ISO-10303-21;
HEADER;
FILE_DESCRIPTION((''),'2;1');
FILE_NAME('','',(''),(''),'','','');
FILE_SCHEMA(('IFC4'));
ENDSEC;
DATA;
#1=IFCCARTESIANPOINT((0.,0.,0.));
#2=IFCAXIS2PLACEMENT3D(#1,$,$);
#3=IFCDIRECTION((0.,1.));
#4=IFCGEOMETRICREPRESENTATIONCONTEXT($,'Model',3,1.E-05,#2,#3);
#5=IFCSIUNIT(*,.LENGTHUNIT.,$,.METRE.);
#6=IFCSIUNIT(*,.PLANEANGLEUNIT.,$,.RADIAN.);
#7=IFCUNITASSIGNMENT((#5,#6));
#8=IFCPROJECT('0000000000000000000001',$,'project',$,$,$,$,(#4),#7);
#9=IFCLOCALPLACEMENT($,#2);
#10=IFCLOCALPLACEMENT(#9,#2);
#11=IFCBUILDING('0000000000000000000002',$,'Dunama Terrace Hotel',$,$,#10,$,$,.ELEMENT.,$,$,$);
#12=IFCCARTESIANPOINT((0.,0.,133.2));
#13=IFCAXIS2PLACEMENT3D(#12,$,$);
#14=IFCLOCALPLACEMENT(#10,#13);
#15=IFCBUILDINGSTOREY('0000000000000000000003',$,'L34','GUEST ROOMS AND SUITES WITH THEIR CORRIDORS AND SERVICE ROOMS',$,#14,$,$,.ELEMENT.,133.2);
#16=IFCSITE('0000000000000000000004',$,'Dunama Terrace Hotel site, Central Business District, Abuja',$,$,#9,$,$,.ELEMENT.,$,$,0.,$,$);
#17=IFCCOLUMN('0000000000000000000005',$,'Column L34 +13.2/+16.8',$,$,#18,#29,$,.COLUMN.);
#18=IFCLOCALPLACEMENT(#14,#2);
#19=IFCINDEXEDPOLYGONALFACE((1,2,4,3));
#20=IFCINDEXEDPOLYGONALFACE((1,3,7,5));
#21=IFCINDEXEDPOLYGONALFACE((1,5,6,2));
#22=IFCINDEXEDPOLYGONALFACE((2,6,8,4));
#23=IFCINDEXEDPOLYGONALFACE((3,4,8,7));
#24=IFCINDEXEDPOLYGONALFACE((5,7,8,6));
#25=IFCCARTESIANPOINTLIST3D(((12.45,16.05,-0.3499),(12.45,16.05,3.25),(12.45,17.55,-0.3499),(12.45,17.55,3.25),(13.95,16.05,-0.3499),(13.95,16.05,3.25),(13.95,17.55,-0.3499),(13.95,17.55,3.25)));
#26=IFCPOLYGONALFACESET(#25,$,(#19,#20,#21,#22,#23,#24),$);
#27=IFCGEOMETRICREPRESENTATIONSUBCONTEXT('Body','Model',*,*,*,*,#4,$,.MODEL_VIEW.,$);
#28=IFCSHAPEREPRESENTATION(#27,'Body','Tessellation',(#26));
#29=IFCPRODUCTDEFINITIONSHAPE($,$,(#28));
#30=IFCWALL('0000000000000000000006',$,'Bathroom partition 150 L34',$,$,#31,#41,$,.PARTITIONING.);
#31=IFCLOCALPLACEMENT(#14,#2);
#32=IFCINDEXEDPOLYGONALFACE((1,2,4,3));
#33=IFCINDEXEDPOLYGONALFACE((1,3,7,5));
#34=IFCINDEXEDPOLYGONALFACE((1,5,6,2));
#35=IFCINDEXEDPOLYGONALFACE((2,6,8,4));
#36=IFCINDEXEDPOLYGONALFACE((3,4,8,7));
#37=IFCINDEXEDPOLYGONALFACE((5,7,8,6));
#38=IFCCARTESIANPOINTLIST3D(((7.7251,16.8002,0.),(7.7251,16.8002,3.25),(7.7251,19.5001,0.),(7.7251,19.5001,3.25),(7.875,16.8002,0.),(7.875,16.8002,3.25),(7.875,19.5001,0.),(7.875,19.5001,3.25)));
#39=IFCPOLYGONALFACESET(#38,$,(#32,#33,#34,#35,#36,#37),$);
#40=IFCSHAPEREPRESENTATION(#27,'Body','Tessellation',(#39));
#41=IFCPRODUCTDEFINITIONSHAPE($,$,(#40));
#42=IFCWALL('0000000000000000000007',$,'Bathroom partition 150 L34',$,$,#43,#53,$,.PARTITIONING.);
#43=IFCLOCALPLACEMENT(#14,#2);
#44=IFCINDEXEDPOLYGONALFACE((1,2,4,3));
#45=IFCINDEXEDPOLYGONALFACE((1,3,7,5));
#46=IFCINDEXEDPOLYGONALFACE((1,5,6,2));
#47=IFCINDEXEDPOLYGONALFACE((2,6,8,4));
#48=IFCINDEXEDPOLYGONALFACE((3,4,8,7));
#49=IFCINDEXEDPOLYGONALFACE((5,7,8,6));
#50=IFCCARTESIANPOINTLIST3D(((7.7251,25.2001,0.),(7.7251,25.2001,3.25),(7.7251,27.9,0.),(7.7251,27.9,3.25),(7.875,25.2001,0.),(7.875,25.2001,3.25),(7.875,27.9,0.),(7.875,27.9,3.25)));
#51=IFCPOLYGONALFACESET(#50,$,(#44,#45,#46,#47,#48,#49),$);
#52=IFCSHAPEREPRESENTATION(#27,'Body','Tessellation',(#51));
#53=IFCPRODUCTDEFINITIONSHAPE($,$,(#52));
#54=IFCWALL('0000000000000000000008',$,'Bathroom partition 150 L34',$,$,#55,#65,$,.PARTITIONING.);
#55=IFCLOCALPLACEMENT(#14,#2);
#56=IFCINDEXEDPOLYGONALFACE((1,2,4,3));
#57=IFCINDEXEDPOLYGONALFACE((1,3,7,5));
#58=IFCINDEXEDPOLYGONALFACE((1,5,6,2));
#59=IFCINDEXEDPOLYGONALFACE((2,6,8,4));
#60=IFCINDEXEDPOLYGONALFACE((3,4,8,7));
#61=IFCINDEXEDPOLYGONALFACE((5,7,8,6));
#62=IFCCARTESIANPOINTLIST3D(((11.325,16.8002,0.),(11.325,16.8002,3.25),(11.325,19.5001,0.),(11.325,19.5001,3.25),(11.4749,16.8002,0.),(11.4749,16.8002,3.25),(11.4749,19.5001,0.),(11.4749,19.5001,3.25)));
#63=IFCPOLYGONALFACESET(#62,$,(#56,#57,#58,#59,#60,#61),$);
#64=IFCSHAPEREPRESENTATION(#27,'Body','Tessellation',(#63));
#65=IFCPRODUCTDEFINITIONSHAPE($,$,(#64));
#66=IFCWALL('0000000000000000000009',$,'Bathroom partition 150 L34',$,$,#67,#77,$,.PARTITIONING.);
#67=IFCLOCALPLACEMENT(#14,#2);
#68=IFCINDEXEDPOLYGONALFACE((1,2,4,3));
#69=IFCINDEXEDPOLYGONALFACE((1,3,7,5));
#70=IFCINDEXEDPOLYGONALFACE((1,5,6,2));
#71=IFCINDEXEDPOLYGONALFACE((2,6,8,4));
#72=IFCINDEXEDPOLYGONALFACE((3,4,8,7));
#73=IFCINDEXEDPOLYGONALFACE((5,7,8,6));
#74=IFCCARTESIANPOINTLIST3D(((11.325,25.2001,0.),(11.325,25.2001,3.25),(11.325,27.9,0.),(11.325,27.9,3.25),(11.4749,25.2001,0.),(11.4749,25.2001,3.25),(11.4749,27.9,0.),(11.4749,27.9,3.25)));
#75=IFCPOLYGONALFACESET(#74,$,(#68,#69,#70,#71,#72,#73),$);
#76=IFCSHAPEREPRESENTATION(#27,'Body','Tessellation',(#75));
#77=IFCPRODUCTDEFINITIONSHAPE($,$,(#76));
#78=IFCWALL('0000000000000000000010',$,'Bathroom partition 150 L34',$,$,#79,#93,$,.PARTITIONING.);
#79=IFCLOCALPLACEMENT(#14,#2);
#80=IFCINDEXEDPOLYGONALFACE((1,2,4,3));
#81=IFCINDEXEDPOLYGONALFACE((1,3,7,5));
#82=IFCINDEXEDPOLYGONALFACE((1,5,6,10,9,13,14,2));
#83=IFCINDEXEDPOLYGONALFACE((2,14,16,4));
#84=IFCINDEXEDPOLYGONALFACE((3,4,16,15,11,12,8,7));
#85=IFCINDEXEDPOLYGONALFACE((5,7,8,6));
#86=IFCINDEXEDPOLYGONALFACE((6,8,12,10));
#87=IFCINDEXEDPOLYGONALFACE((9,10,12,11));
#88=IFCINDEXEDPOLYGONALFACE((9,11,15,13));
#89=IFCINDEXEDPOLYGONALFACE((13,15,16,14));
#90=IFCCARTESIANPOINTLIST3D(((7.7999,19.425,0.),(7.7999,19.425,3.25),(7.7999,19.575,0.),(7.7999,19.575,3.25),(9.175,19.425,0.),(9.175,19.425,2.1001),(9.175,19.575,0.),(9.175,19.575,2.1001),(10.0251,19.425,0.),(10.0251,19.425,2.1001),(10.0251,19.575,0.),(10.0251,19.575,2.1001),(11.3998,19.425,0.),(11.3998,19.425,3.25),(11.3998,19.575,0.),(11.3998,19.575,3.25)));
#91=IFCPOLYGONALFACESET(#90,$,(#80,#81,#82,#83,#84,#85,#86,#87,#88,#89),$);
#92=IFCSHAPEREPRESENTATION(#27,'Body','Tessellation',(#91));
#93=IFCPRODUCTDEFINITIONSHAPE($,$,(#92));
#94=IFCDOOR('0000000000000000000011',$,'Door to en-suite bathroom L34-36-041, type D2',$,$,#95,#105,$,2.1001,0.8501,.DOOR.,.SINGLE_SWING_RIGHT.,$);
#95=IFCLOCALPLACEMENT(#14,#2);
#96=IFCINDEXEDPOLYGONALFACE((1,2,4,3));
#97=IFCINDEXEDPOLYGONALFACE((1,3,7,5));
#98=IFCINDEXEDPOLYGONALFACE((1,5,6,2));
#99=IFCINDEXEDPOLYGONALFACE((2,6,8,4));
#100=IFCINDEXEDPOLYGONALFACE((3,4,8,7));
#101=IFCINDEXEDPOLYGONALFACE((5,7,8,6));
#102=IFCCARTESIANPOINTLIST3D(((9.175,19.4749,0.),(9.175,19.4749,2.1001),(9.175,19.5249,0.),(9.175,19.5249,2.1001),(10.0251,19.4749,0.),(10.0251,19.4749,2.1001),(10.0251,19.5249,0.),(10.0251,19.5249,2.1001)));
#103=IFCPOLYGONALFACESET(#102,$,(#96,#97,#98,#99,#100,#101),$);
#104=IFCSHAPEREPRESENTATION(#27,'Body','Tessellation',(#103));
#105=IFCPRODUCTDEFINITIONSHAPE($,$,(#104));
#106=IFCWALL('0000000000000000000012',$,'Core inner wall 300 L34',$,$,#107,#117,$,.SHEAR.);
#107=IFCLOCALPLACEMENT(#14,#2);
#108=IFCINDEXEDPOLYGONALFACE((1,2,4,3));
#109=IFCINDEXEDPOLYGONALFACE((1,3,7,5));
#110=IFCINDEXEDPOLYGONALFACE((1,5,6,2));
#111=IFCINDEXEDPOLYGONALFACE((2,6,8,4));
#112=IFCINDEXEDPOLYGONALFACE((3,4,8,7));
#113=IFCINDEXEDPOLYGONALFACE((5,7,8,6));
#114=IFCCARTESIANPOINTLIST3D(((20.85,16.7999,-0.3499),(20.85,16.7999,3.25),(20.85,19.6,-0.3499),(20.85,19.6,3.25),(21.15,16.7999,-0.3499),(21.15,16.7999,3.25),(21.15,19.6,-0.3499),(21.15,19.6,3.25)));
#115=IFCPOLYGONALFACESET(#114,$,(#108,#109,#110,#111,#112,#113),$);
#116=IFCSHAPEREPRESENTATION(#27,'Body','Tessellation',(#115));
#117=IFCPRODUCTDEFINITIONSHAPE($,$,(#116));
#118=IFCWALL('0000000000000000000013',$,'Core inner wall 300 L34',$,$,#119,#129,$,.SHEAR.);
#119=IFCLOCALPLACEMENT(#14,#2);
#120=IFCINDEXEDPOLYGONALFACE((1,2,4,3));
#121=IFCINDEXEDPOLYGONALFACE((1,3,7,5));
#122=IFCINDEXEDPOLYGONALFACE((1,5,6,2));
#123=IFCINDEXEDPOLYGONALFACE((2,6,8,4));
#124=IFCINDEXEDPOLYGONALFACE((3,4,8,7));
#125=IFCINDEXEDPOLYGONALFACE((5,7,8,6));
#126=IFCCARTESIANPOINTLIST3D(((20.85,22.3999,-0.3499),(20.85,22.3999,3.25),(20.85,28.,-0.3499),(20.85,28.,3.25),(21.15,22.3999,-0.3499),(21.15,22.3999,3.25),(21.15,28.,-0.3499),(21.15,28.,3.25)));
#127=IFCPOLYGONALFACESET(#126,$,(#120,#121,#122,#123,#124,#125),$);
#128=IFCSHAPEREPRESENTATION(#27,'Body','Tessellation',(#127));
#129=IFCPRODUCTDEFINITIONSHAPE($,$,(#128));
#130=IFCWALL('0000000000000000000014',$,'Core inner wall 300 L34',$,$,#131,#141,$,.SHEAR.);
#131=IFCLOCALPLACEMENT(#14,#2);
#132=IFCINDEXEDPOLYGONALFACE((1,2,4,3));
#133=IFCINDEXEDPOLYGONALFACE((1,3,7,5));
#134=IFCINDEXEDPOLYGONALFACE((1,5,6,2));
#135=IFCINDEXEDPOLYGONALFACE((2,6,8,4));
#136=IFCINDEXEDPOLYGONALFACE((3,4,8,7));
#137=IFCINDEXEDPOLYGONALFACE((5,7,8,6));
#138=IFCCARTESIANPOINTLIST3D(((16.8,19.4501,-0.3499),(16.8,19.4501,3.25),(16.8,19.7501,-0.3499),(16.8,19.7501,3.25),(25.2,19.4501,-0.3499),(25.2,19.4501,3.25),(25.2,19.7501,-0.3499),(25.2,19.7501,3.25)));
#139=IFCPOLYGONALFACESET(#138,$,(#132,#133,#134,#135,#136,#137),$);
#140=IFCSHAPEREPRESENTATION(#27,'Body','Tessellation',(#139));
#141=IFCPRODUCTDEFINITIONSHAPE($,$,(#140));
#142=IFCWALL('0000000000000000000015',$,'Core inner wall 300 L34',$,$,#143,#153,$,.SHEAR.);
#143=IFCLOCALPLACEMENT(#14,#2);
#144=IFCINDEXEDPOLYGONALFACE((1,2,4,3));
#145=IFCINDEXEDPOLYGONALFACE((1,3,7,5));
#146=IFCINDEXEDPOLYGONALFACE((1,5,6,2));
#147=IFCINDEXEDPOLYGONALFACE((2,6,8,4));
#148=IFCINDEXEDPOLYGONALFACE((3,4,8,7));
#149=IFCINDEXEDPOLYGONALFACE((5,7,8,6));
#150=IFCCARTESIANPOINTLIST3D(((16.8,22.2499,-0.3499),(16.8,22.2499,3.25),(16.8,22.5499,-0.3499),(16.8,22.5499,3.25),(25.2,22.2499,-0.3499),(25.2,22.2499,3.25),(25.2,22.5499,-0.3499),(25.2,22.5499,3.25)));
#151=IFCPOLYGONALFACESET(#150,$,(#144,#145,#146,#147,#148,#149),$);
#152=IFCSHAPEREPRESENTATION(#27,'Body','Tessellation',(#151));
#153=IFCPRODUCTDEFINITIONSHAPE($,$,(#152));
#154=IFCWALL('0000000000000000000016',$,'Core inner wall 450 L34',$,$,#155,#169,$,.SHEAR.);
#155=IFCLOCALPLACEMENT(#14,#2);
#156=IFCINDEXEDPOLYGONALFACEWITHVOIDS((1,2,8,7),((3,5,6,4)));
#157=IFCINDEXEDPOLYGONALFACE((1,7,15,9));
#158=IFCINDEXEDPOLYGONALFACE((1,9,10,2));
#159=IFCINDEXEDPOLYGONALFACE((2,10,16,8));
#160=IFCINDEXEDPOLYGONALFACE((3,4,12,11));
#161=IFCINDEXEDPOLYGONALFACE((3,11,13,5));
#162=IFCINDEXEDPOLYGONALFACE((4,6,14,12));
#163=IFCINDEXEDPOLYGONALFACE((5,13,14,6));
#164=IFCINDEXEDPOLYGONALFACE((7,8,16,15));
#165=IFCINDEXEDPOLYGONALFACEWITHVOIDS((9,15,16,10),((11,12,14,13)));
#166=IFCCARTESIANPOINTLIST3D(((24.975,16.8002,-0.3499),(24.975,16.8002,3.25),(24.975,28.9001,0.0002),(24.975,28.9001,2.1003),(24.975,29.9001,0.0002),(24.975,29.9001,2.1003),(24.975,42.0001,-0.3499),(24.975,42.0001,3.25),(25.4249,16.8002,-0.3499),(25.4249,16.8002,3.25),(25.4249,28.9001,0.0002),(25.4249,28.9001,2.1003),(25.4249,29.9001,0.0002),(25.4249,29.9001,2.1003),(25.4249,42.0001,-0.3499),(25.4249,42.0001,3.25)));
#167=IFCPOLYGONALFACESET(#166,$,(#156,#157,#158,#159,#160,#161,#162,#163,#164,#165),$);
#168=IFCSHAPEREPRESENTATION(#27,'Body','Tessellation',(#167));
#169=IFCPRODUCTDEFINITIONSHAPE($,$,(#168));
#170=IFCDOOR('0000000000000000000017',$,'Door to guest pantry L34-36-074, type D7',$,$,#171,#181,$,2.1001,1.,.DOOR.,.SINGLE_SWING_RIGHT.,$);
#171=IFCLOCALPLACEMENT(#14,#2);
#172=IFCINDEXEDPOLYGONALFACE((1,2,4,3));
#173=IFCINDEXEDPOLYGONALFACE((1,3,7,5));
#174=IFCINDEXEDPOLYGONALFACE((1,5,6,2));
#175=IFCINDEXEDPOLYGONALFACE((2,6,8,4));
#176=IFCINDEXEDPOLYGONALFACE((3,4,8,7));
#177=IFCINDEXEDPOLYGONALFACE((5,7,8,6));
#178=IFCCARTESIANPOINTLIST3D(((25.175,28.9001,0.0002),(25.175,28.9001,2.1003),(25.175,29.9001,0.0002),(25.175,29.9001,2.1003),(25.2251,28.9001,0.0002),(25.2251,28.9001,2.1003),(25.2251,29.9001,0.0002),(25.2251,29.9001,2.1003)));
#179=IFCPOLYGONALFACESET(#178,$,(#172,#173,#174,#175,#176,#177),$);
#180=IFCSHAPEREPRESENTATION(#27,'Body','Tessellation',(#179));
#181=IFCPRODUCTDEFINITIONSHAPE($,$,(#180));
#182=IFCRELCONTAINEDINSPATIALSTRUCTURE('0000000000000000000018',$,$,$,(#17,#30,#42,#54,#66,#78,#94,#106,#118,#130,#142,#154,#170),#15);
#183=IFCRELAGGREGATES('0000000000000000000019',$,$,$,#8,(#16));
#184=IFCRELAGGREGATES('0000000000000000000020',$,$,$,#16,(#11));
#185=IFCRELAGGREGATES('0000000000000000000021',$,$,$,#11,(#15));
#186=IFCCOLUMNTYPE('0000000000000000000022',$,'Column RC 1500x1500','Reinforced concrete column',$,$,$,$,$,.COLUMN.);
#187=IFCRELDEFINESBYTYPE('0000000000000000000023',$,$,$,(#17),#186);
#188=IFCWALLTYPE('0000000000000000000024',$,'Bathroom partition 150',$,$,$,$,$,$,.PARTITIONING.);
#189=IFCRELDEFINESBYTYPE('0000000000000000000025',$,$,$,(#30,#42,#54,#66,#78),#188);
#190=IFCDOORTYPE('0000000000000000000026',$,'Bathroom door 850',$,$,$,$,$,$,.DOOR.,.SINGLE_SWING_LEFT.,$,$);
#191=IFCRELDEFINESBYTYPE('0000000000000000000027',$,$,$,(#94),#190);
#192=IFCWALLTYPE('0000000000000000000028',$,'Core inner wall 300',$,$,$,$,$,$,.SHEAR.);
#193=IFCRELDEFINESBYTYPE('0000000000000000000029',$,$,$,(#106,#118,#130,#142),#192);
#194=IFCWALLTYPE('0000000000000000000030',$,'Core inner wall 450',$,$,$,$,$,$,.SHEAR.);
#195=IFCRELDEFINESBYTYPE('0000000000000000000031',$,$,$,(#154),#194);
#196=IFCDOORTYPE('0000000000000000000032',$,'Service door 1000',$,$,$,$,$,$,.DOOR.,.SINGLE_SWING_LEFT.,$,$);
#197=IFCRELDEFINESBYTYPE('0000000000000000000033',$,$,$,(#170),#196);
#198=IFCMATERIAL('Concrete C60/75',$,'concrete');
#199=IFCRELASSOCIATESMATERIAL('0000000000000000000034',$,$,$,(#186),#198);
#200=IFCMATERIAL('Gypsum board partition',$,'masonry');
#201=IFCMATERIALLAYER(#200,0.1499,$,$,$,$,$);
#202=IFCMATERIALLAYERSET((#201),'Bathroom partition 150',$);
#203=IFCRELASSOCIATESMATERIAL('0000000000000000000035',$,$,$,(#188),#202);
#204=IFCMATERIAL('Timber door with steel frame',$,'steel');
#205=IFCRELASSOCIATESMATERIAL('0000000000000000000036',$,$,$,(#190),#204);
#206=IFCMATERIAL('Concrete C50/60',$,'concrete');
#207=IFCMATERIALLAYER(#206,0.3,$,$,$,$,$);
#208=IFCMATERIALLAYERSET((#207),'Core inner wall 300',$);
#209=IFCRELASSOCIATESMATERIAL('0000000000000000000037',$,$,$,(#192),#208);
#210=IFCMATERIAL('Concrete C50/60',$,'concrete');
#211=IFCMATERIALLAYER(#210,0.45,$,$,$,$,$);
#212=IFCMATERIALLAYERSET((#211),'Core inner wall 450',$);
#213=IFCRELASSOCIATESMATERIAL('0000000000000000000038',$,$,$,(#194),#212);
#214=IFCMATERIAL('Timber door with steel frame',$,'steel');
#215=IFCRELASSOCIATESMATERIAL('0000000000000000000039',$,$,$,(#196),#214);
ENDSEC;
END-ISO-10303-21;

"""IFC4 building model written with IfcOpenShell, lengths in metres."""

from ifc_helpers import new_model, si_unit, direction, frame, frame_2d, origin, origin_2d, place, context, subcontext, project, spatial, rectangle, extrude, material, layer, layer_set, material_profile, profile_set, type_object, element, fill, save


model = new_model("IFC4")

# Units and contexts
model_context = context("Model", 3, precision=1e-05, world=origin(), true_north=direction((0.0, 1.0)))
body_context = subcontext(model_context, "Body", "Model", "MODEL_VIEW")
ifc_project = project(units=[si_unit("LENGTHUNIT", "METRE"), si_unit("PLANEANGLEUNIT", "RADIAN")], contexts=[model_context])

# Site, building, storey
site_placement = place(None, origin())
site = spatial("IfcSite", under=ifc_project, at=site_placement, Name="Dunama Terrace Hotel site, Central Business District, Abuja", CompositionType="ELEMENT", RefElevation=0.0)
building_placement = place(site_placement, origin())
building = spatial("IfcBuilding", under=site, at=building_placement, Name="Dunama Terrace Hotel", CompositionType="ELEMENT")
storey_placement = place(building_placement, frame((0.0, 0.0, 133.2)))
storey = spatial("IfcBuildingStorey", under=building, at=storey_placement, Name="L34", Description="GUEST ROOMS AND SUITES WITH THEIR CORRIDORS AND SERVICE ROOMS", CompositionType="ELEMENT", Elevation=133.2)

# Column
ifc_material_1 = material(Name="Concrete C60/75", Category="concrete")
ifc_material_profile = material_profile(ifc_material_1, rectangle(XDim=1.5, YDim=1.5, at=origin_2d()), Name="RC 1500x1500")
ifc_profile_set = profile_set([ifc_material_profile], Name="Concrete C60/75")
column_type = type_object("IfcColumnType", Name="Column RC 1500x1500", Description="Reinforced concrete column", PredefinedType="COLUMN", material=ifc_profile_set)
column_placement = place(storey_placement, frame((13.2, 16.8, -0.3499), z_axis=(0.0, 0.0, 1.0), x_axis=(1.0, 0.0, 0.0)))
element("IfcColumn", 1, at=column_placement, inside=storey, type_object=column_type, Name="Column L34 +13.2/+16.8", PredefinedType="COLUMN", context=body_context, shape_type="SweptSolid", body=[
    extrude(rectangle(XDim=1.5, YDim=1.5, at=origin_2d()), origin(), (0.0, 0.0, 1.0), 3.5999),
])

# Walls
ifc_material_2 = material(Name="Gypsum board partition", Category="masonry")
ifc_layer_1 = layer(ifc_material_2, 0.1499)
ifc_layer_set_1 = layer_set([ifc_layer_1], Name="Bathroom partition 150")
wall_type_1 = type_object("IfcWallType", Name="Bathroom partition 150", PredefinedType="PARTITIONING", material=ifc_layer_set_1)
for number, where, z_axis, x_axis, name in (
    (2, (7.8, 16.8, 0.0), (0.0, 0.0, 1.0), (0.0, 1.0, 0.0), "Bathroom partition 150 L34"),
    (3, (7.8, 25.2, 0.0), (0.0, 0.0, 1.0), (0.0, 1.0, 0.0), "Bathroom partition 150 L34"),
    (4, (11.3999, 16.8, 0.0), (0.0, 0.0, 1.0), (0.0, 1.0, 0.0), "Bathroom partition 150 L34"),
    (5, (11.3999, 25.2, 0.0), (0.0, 0.0, 1.0), (0.0, 1.0, 0.0), "Bathroom partition 150 L34"),
):
    element("IfcWall", number, at=place(storey_placement, frame(where, z_axis=z_axis, x_axis=x_axis)), inside=storey, type_object=wall_type_1, Name=name, PredefinedType="PARTITIONING", context=body_context, shape_type="SweptSolid", body=[
        extrude(rectangle(XDim=2.7, YDim=0.1499, at=frame_2d((1.3501, 0.0))), origin(), (0.0, 0.0, 1.0), 3.25),
    ])

# Wall, opening, door
wall_1_placement = place(storey_placement, frame((7.8, 19.5, 0.0), z_axis=(0.0, 0.0, 1.0), x_axis=(1.0, 0.0, 0.0)))
wall_1 = element("IfcWall", 6, at=wall_1_placement, inside=storey, type_object=wall_type_1, Name="Bathroom partition 150 L34", PredefinedType="PARTITIONING", context=body_context, shape_type="SweptSolid", body=[
    extrude(rectangle(XDim=3.5999, YDim=0.1499, at=frame_2d((1.7998, 0.0))), origin(), (0.0, 0.0, 1.0), 3.25),
])
opening_1_placement = place(wall_1_placement, frame((1.375, 0.0, 0.0)))
opening_1 = element("IfcOpeningElement", 7, at=opening_1_placement, cuts=wall_1, PredefinedType="OPENING", context=body_context, shape_type="SweptSolid", body=[
    extrude(rectangle(XDim=0.8501, YDim=2.1001, at=frame_2d((0.425, 1.05))), frame((0.0, 0.085, 0.0), z_axis=(0.0, -1.0, 0.0), x_axis=(1.0, 0.0, 0.0)), (0.0, 0.0, 1.0), 0.1699),
])
ifc_material_3 = material(Name="Timber door with steel frame", Category="steel")
door_type_1 = type_object("IfcDoorType", Name="Bathroom door 850", OperationType="SINGLE_SWING_LEFT", PredefinedType="DOOR", material=ifc_material_3)
door_1_placement = place(opening_1_placement, frame((0.8501, 0.0, 0.0), z_axis=(0.0, 0.0, 1.0), x_axis=(-1.0, 0.0, 0.0)))
door_1 = element("IfcDoor", 8, at=door_1_placement, inside=storey, type_object=door_type_1, Name="Door to en-suite bathroom L34-36-041, type D2", OperationType="SINGLE_SWING_RIGHT", OverallHeight=2.1001, OverallWidth=0.8501, PredefinedType="DOOR", context=body_context, shape_type="SweptSolid", body=[
    extrude(rectangle(XDim=0.8501, YDim=2.1001, at=frame_2d((0.425, 1.05))), frame((0.0, 0.0251, 0.0), z_axis=(0.0, -1.0, 0.0), x_axis=(1.0, 0.0, 0.0)), (0.0, 0.0, 1.0), 0.05),
])
fill(opening_1, door_1)

# Walls
ifc_material_4 = material(Name="Concrete C50/60", Category="concrete")
ifc_layer_2 = layer(ifc_material_4, 0.3)
ifc_layer_set_2 = layer_set([ifc_layer_2], Name="Core inner wall 300")
wall_type_2 = type_object("IfcWallType", Name="Core inner wall 300", PredefinedType="SHEAR", material=ifc_layer_set_2)
wall_2_placement = place(storey_placement, frame((21.0, 16.8, -0.3499), z_axis=(0.0, 0.0, 1.0), x_axis=(0.0, 1.0, 0.0)))
element("IfcWall", 9, at=wall_2_placement, inside=storey, type_object=wall_type_2, Name="Core inner wall 300 L34", PredefinedType="SHEAR", context=body_context, shape_type="SweptSolid", body=[
    extrude(rectangle(XDim=2.8, YDim=0.3, at=frame_2d((1.3999, 0.0))), origin(), (0.0, 0.0, 1.0), 3.5999),
])
wall_3_placement = place(storey_placement, frame((21.0, 22.3999, -0.3499), z_axis=(0.0, 0.0, 1.0), x_axis=(0.0, 1.0, 0.0)))
element("IfcWall", 10, at=wall_3_placement, inside=storey, type_object=wall_type_2, Name="Core inner wall 300 L34", PredefinedType="SHEAR", context=body_context, shape_type="SweptSolid", body=[
    extrude(rectangle(XDim=5.6001, YDim=0.3, at=frame_2d((2.8, 0.0))), origin(), (0.0, 0.0, 1.0), 3.5999),
])
for number, where, z_axis, x_axis, name in (
    (11, (16.8, 19.6001, -0.3499), (0.0, 0.0, 1.0), (1.0, 0.0, 0.0), "Core inner wall 300 L34"),
    (12, (16.8, 22.3999, -0.3499), (0.0, 0.0, 1.0), (1.0, 0.0, 0.0), "Core inner wall 300 L34"),
):
    element("IfcWall", number, at=place(storey_placement, frame(where, z_axis=z_axis, x_axis=x_axis)), inside=storey, type_object=wall_type_2, Name=name, PredefinedType="SHEAR", context=body_context, shape_type="SweptSolid", body=[
        extrude(rectangle(XDim=8.3999, YDim=0.3, at=frame_2d((4.2, 0.0))), origin(), (0.0, 0.0, 1.0), 3.5999),
    ])

# Wall, opening, door
ifc_material_5 = material(Name="Concrete C50/60", Category="concrete")
ifc_layer_3 = layer(ifc_material_5, 0.45)
ifc_layer_set_3 = layer_set([ifc_layer_3], Name="Core inner wall 450")
wall_type_3 = type_object("IfcWallType", Name="Core inner wall 450", PredefinedType="SHEAR", material=ifc_layer_set_3)
wall_4_placement = place(storey_placement, frame((25.2, 16.8, -0.3499), z_axis=(0.0, 0.0, 1.0), x_axis=(0.0, 1.0, 0.0)))
wall_4 = element("IfcWall", 13, at=wall_4_placement, inside=storey, type_object=wall_type_3, Name="Core inner wall 450 L34", PredefinedType="SHEAR", context=body_context, shape_type="SweptSolid", body=[
    extrude(rectangle(XDim=25.2, YDim=0.45, at=frame_2d((12.6001, 0.0))), origin(), (0.0, 0.0, 1.0), 3.5999),
])
opening_2_placement = place(wall_4_placement, frame((12.1001, 0.0, 0.3501)))
opening_2 = element("IfcOpeningElement", 14, at=opening_2_placement, cuts=wall_4, PredefinedType="OPENING", context=body_context, shape_type="SweptSolid", body=[
    extrude(rectangle(XDim=1.0, YDim=2.1001, at=frame_2d((0.5, 1.05))), frame((0.0, 0.2349, 0.0), z_axis=(0.0, -1.0, 0.0), x_axis=(1.0, 0.0, 0.0)), (0.0, 0.0, 1.0), 0.47),
])
ifc_material_6 = material(Name="Timber door with steel frame", Category="steel")
door_type_2 = type_object("IfcDoorType", Name="Service door 1000", OperationType="SINGLE_SWING_LEFT", PredefinedType="DOOR", material=ifc_material_6)
door_2_placement = place(opening_2_placement, frame((1.0, 0.0, 0.0), z_axis=(0.0, 0.0, 1.0), x_axis=(-1.0, 0.0, 0.0)))
door_2 = element("IfcDoor", 15, at=door_2_placement, inside=storey, type_object=door_type_2, Name="Door to guest pantry L34-36-074, type D7", OperationType="SINGLE_SWING_RIGHT", OverallHeight=2.1001, OverallWidth=1.0, PredefinedType="DOOR", context=body_context, shape_type="SweptSolid", body=[
    extrude(rectangle(XDim=1.0, YDim=2.1001, at=frame_2d((0.5, 1.05))), frame((0.0, 0.0251, 0.0), z_axis=(0.0, -1.0, 0.0), x_axis=(1.0, 0.0, 0.0)), (0.0, 0.0, 1.0), 0.05),
])
fill(opening_2, door_2)

save(model, "model.ifc")
